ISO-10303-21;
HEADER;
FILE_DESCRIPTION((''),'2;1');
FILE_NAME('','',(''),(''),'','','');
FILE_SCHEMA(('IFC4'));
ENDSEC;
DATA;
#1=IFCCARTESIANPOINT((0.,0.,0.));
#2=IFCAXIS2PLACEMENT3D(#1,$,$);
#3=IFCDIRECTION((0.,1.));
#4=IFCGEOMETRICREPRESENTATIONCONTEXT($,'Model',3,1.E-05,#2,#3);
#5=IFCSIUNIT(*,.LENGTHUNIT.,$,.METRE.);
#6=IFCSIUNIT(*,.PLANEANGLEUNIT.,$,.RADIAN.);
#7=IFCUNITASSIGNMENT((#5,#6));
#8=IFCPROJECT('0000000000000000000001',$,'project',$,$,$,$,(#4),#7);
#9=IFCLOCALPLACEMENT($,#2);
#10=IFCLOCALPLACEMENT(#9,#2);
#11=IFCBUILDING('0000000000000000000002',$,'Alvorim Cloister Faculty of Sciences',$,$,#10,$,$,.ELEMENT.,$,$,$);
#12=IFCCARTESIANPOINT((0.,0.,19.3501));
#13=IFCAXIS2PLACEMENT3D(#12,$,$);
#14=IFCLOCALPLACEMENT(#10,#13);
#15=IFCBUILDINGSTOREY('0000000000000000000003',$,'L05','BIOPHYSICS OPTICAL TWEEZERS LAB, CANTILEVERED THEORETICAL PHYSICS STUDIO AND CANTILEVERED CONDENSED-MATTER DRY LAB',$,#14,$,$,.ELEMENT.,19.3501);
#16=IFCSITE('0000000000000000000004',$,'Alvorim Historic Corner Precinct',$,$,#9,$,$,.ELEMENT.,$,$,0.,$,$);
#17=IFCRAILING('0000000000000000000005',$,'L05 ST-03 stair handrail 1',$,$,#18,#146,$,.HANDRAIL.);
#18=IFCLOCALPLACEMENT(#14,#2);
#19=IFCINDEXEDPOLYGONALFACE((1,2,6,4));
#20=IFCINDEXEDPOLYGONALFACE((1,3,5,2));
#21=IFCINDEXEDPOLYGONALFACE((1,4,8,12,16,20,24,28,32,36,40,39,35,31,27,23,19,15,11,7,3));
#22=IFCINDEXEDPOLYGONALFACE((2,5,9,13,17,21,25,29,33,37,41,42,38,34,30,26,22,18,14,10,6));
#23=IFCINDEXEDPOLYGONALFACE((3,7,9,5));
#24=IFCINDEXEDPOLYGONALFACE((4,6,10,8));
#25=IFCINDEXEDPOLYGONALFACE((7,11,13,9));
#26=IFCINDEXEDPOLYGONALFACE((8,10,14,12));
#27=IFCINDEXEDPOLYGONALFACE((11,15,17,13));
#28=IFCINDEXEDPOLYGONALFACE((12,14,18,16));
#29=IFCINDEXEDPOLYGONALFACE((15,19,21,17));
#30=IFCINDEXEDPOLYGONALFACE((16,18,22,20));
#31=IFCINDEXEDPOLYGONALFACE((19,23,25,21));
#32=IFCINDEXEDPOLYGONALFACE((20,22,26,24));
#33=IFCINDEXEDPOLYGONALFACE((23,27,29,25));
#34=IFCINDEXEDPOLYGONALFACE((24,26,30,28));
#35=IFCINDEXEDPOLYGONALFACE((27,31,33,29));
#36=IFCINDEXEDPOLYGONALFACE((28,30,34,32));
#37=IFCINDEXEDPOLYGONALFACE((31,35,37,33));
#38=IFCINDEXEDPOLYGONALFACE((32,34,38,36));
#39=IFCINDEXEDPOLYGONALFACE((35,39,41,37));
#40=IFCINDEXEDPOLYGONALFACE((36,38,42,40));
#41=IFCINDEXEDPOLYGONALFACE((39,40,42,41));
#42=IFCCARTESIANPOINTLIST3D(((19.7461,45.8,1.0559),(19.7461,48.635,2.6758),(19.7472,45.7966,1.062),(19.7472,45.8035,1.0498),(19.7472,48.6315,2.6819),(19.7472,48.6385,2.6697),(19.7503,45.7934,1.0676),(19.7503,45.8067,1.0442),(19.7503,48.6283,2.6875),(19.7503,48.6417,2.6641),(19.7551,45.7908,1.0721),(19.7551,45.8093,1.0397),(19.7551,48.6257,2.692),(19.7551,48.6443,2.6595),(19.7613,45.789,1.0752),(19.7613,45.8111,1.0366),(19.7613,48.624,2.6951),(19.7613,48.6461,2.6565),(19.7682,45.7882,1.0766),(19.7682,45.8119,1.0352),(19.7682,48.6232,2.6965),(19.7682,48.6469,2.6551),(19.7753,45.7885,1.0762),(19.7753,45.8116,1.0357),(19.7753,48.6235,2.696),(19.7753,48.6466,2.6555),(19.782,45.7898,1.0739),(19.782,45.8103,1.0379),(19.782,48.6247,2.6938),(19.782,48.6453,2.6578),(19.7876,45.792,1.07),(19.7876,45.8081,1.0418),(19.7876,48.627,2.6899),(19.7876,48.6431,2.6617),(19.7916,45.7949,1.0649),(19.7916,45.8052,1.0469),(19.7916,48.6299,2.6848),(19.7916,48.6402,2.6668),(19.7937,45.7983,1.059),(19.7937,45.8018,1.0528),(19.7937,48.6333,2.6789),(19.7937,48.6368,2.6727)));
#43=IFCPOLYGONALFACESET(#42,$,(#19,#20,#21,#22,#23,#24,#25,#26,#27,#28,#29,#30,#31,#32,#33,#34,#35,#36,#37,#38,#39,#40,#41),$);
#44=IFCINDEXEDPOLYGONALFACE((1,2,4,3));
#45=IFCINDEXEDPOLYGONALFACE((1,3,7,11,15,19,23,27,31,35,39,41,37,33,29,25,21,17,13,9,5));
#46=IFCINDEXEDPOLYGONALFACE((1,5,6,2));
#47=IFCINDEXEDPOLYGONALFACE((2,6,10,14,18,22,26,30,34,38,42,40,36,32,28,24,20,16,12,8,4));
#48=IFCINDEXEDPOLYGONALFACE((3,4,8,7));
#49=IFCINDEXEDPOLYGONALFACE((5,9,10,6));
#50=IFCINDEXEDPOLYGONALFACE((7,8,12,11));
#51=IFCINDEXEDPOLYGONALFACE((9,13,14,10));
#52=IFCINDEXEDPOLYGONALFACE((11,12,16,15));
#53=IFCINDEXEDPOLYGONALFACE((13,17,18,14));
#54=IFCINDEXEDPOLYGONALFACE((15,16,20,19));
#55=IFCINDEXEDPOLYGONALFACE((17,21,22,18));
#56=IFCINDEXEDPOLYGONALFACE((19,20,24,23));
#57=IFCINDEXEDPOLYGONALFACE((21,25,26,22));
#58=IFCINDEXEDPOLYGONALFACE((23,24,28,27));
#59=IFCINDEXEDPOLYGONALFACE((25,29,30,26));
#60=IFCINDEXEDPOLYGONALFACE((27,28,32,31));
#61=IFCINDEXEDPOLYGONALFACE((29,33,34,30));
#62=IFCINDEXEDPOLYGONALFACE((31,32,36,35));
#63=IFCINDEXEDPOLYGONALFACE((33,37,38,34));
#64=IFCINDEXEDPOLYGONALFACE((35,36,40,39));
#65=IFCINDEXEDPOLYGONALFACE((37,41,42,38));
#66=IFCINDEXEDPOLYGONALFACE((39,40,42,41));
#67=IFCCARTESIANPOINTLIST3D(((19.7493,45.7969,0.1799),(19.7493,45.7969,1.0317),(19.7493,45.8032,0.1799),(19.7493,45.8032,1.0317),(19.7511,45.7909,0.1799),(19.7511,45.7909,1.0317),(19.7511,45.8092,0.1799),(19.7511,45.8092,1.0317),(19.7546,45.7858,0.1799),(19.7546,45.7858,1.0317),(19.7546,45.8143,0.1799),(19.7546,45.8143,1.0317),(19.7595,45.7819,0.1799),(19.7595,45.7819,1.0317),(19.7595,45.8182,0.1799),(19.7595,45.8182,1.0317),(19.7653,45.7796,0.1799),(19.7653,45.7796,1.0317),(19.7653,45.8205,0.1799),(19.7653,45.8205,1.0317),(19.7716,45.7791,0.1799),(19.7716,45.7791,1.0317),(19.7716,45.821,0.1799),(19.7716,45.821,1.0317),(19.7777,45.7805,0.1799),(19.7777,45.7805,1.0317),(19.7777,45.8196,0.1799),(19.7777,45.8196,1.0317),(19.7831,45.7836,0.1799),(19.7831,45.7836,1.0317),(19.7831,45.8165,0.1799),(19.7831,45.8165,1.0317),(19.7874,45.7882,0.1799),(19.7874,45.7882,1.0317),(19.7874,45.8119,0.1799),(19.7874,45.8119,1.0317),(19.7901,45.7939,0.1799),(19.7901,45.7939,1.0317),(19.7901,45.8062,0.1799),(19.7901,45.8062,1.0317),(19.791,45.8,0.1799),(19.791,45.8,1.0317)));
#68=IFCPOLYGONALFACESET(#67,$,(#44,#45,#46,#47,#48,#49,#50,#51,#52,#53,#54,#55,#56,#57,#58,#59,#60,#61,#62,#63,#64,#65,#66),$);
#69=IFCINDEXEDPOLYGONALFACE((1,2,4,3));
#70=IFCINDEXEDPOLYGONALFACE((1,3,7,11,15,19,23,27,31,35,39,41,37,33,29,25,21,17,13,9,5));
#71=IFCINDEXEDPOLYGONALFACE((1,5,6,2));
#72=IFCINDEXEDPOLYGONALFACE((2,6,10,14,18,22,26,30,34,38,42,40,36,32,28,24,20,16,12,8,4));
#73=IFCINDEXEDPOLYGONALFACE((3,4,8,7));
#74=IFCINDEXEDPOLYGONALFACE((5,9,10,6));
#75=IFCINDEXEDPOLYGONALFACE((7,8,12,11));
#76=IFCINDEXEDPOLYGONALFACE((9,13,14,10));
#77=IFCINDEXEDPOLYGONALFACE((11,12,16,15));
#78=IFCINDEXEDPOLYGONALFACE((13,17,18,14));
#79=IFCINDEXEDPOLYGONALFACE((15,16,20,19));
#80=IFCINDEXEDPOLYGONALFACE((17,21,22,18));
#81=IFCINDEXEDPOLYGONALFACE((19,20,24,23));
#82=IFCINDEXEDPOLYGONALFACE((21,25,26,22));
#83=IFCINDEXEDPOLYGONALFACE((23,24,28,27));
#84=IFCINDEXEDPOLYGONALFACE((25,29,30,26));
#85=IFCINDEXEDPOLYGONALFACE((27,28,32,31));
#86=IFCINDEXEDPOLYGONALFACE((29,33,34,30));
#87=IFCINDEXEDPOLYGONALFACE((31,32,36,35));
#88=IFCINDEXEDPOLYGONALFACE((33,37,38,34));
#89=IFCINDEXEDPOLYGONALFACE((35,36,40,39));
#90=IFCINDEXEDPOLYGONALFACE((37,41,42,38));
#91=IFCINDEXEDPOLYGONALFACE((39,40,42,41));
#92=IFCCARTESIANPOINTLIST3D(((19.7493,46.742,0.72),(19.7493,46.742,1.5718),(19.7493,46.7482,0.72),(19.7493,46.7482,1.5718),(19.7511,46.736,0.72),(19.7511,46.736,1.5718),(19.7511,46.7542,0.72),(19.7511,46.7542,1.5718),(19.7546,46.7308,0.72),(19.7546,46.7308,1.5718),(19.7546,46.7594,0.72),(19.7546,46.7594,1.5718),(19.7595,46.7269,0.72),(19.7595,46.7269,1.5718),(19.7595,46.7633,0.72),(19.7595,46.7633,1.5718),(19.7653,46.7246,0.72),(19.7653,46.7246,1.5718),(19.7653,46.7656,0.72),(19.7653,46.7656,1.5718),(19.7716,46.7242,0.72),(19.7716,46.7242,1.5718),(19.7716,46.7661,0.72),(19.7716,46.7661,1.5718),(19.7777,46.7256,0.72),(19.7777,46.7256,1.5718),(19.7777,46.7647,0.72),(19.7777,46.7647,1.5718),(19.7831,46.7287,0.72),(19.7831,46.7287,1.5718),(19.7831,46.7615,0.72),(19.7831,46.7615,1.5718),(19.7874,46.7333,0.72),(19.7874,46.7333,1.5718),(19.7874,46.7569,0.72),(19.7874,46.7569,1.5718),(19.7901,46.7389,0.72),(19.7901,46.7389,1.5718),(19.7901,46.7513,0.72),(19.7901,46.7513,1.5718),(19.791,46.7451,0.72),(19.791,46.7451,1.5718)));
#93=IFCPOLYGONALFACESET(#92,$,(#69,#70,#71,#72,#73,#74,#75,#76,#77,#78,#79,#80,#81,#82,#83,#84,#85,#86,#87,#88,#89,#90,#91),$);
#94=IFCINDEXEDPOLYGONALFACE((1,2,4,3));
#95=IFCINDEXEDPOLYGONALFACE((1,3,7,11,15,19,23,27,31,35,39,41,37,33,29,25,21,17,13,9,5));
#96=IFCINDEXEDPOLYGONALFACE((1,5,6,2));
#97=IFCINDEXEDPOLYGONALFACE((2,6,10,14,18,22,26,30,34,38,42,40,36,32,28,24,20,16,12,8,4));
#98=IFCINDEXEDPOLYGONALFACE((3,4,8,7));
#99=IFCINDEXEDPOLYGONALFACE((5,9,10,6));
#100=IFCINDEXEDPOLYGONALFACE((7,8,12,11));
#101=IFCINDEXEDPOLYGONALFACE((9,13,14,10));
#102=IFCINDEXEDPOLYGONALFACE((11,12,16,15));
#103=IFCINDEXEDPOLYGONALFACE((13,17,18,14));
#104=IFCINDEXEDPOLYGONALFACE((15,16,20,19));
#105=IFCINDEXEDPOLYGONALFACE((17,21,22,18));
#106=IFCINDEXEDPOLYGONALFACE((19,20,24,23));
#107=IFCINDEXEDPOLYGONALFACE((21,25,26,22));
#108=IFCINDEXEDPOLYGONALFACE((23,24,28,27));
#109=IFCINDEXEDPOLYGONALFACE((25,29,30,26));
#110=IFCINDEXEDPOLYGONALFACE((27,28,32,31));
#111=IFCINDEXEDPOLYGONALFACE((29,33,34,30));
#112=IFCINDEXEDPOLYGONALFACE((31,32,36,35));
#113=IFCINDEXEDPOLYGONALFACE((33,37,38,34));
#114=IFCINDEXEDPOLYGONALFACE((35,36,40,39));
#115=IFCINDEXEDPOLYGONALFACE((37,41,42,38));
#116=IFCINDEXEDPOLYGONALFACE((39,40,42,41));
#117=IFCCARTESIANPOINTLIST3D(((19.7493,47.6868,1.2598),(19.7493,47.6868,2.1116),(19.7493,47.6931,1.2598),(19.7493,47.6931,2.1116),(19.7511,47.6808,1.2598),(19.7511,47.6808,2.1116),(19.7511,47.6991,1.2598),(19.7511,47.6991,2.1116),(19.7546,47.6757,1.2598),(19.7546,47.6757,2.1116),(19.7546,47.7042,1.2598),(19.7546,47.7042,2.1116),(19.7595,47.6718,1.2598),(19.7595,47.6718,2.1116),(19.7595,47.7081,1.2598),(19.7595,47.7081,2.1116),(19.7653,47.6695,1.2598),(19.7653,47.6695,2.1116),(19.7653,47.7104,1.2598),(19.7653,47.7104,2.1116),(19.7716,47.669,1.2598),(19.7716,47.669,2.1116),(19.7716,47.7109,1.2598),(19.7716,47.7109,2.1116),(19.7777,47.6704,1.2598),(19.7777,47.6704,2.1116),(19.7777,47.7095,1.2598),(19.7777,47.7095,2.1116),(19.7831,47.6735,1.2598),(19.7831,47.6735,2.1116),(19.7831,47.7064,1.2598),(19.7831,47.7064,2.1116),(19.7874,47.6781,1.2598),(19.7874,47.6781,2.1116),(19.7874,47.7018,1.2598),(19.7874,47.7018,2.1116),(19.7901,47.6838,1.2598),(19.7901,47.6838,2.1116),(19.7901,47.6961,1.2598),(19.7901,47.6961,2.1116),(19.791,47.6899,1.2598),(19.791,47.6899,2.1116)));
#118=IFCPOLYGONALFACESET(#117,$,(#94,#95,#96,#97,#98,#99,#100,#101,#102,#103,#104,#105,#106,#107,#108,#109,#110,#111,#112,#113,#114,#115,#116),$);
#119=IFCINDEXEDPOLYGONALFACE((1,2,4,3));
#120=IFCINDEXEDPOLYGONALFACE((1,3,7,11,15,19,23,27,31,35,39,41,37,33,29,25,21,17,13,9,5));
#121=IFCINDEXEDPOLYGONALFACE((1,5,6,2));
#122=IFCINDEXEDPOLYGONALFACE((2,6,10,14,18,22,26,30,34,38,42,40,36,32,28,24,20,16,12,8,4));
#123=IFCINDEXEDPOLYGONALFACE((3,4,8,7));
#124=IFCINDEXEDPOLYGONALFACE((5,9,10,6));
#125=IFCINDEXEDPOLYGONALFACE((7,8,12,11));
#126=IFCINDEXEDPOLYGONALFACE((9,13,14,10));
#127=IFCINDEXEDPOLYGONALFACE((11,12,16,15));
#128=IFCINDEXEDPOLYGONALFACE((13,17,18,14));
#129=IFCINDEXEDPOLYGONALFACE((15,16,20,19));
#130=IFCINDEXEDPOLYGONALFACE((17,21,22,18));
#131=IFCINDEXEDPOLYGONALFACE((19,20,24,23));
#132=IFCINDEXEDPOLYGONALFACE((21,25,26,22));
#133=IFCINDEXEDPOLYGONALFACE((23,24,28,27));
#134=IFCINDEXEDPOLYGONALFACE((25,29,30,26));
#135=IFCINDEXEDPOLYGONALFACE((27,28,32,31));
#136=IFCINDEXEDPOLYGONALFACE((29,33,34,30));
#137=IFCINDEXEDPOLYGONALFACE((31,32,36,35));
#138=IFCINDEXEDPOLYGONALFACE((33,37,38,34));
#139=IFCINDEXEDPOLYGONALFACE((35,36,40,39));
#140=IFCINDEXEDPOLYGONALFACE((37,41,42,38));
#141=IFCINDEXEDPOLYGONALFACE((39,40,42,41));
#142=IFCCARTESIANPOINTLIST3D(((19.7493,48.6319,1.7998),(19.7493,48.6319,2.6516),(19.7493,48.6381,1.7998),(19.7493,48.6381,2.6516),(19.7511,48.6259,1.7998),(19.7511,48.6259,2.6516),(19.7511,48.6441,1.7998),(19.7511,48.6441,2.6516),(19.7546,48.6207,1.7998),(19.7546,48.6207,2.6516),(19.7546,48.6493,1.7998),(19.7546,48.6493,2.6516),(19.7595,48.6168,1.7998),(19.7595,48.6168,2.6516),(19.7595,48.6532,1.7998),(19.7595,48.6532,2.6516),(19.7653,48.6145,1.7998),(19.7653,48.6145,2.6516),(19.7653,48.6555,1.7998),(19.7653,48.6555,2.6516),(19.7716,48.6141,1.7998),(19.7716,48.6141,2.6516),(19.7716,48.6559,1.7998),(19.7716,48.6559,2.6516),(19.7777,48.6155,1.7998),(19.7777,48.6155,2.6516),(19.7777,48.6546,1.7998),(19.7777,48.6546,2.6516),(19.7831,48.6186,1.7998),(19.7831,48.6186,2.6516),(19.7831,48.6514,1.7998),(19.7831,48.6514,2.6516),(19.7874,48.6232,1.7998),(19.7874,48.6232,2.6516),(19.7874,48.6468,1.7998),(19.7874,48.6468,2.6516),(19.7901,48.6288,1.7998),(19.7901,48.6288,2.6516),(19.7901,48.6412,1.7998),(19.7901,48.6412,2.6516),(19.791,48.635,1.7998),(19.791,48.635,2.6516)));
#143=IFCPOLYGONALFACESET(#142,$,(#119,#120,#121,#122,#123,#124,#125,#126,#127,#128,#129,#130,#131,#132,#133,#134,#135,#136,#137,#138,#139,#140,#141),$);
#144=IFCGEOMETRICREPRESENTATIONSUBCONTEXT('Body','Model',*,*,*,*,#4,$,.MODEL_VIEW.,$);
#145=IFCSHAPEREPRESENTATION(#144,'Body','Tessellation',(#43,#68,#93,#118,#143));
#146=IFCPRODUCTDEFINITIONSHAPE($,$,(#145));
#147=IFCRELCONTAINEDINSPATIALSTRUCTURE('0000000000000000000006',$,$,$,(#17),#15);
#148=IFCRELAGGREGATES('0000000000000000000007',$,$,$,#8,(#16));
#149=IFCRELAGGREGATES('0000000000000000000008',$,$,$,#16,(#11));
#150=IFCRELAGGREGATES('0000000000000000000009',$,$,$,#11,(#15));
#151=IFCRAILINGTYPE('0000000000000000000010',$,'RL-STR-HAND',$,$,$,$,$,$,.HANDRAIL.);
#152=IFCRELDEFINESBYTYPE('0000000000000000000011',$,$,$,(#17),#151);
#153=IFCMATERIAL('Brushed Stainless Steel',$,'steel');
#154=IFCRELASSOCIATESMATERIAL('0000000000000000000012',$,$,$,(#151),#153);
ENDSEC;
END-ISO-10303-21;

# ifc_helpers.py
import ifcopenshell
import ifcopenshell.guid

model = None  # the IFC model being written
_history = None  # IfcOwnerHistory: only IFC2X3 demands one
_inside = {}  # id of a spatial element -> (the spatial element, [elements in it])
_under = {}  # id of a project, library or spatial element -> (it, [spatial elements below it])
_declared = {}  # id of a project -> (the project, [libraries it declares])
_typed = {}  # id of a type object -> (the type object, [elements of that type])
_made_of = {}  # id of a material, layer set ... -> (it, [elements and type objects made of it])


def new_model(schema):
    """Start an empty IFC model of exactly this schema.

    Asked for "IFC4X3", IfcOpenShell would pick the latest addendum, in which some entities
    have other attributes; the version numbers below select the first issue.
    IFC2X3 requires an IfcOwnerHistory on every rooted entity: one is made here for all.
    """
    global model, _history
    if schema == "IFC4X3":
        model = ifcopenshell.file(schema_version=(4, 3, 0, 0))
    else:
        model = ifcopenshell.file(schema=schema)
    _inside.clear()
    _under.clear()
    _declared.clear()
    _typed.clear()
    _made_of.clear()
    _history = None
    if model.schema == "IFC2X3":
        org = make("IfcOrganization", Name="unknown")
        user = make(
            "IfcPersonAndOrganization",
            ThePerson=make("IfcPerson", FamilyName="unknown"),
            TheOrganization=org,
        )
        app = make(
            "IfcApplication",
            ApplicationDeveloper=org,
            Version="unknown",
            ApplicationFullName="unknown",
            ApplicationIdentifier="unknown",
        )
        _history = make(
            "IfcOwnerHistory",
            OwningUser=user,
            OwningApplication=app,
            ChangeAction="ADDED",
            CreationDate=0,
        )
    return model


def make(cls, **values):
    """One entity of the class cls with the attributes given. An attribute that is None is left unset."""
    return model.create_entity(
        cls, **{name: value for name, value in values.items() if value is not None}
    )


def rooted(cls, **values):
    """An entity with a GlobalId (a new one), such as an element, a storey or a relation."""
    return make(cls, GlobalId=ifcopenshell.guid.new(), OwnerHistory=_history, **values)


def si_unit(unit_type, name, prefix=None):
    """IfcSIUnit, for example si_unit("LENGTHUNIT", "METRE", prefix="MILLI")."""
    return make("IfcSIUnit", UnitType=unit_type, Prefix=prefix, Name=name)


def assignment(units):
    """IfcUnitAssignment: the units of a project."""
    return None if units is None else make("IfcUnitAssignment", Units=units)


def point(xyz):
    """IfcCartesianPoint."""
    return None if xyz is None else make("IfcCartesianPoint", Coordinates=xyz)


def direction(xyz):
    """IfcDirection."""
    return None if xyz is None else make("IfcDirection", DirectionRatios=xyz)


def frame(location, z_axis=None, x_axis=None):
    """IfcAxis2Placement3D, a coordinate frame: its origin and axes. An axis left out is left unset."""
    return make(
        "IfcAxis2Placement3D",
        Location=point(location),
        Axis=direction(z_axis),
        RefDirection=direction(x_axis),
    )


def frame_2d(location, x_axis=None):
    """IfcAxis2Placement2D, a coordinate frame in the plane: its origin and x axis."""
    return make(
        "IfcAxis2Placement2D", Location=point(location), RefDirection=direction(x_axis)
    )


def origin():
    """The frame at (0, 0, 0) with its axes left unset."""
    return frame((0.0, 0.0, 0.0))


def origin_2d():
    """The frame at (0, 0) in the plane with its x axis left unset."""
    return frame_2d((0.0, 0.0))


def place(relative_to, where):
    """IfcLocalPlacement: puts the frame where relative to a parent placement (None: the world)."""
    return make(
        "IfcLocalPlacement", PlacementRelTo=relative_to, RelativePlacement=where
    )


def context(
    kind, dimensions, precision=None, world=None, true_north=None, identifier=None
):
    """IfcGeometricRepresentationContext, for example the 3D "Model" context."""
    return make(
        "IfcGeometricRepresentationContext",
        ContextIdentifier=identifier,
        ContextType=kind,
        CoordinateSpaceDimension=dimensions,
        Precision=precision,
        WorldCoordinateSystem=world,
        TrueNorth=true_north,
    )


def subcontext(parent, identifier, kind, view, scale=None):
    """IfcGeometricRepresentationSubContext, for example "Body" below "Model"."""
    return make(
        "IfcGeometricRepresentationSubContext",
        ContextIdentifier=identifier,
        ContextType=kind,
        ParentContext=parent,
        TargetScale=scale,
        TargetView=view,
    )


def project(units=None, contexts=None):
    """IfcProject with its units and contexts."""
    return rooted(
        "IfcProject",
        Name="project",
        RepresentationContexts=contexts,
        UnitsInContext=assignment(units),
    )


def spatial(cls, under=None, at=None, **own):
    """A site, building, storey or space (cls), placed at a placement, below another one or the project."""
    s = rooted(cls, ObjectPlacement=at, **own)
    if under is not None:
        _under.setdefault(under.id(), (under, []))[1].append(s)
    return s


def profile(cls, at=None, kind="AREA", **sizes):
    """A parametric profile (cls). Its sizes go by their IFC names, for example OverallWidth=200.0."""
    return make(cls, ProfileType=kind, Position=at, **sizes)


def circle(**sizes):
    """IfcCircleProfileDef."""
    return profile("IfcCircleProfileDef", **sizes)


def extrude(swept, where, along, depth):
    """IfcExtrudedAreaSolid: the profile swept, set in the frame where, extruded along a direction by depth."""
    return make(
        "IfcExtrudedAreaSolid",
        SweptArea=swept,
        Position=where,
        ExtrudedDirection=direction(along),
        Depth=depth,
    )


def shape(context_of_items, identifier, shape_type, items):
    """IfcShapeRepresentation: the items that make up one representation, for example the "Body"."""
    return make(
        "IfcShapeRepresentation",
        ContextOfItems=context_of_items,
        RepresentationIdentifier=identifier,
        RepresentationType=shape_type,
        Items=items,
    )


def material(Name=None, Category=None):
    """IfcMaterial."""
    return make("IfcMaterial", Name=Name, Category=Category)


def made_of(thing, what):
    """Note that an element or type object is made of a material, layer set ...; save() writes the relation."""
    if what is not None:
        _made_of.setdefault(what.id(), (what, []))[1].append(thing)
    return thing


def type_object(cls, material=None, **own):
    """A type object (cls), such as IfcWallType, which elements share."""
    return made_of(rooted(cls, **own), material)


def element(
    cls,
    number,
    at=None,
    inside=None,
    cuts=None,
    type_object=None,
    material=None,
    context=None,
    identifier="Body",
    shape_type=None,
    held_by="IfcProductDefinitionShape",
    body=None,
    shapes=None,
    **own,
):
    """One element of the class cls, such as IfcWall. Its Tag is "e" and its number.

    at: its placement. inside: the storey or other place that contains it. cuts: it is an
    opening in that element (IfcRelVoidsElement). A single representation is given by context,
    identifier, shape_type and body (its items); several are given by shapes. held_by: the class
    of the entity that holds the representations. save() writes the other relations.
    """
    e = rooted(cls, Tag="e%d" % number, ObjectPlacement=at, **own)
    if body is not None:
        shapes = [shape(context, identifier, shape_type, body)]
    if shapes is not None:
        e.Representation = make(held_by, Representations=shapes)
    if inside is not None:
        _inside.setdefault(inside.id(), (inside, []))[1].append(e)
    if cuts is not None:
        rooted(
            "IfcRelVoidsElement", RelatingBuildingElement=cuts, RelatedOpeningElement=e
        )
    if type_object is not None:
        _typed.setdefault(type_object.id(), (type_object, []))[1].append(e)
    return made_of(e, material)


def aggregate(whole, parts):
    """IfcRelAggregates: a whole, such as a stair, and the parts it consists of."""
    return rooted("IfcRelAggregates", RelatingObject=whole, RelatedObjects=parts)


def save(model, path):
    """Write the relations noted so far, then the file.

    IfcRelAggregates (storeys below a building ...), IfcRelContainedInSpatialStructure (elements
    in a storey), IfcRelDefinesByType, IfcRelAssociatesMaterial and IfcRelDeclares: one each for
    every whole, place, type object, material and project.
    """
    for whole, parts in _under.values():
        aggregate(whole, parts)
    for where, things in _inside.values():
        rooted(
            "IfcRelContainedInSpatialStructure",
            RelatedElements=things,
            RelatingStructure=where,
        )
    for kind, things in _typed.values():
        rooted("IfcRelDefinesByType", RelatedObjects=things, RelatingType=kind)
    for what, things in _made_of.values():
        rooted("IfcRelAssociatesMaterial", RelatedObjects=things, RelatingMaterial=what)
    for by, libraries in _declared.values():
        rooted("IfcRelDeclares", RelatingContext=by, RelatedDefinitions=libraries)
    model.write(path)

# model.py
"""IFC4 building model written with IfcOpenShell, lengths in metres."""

from ifc_helpers import new_model, si_unit, direction, frame, origin, origin_2d, place, context, subcontext, project, spatial, circle, extrude, material, type_object, element, save


model = new_model("IFC4")

# Units and contexts
model_context = context("Model", 3, precision=1e-05, world=origin(), true_north=direction((0.0, 1.0)))
body_context = subcontext(model_context, "Body", "Model", "MODEL_VIEW")
ifc_project = project(units=[si_unit("LENGTHUNIT", "METRE"), si_unit("PLANEANGLEUNIT", "RADIAN")], contexts=[model_context])

# Site, building, storey
site_placement = place(None, origin())
site = spatial("IfcSite", under=ifc_project, at=site_placement, Name="Alvorim Historic Corner Precinct", CompositionType="ELEMENT", RefElevation=0.0)
building_placement = place(site_placement, origin())
building = spatial("IfcBuilding", under=site, at=building_placement, Name="Alvorim Cloister Faculty of Sciences", CompositionType="ELEMENT")
storey_placement = place(building_placement, frame((0.0, 0.0, 19.3501)))
storey = spatial("IfcBuildingStorey", under=building, at=storey_placement, Name="L05", Description="BIOPHYSICS OPTICAL TWEEZERS LAB, CANTILEVERED THEORETICAL PHYSICS STUDIO AND CANTILEVERED CONDENSED-MATTER DRY LAB", CompositionType="ELEMENT", Elevation=19.3501)

# Shared definitions
ifc_material_1 = material(Name="Brushed Stainless Steel", Category="steel")

# Railing
railing_type_1 = type_object("IfcRailingType", Name="RL-STR-HAND", PredefinedType="HANDRAIL", material=ifc_material_1)
railing_1_placement = place(storey_placement, frame((19.77, 45.8, 0.1799)))
element("IfcRailing", 1, at=railing_1_placement, inside=storey, type_object=railing_type_1, Name="L05 ST-03 stair handrail 1", PredefinedType="HANDRAIL", context=body_context, shape_type="SweptSolid", body=[
    extrude(circle(Radius=0.0239, at=origin_2d()), frame((0.0, 0.0, 0.876), z_axis=(0.0, 0.868257, 0.496115), x_axis=(-1.0, 0.0, 0.0)), (0.0, 0.0, 1.0), 3.2651),
    extrude(circle(Radius=0.021, at=origin_2d()), origin(), (0.0, 0.0, 1.0), 0.8518),
    extrude(circle(Radius=0.021, at=origin_2d()), frame((0.0, 0.9451, 0.54)), (0.0, 0.0, 1.0), 0.8518),
    extrude(circle(Radius=0.021, at=origin_2d()), frame((0.0, 1.8899, 1.0798)), (0.0, 0.0, 1.0), 0.8518),
    extrude(circle(Radius=0.021, at=origin_2d()), frame((0.0, 2.835, 1.6199)), (0.0, 0.0, 1.0), 0.8518),
])

save(model, "model.ifc")
